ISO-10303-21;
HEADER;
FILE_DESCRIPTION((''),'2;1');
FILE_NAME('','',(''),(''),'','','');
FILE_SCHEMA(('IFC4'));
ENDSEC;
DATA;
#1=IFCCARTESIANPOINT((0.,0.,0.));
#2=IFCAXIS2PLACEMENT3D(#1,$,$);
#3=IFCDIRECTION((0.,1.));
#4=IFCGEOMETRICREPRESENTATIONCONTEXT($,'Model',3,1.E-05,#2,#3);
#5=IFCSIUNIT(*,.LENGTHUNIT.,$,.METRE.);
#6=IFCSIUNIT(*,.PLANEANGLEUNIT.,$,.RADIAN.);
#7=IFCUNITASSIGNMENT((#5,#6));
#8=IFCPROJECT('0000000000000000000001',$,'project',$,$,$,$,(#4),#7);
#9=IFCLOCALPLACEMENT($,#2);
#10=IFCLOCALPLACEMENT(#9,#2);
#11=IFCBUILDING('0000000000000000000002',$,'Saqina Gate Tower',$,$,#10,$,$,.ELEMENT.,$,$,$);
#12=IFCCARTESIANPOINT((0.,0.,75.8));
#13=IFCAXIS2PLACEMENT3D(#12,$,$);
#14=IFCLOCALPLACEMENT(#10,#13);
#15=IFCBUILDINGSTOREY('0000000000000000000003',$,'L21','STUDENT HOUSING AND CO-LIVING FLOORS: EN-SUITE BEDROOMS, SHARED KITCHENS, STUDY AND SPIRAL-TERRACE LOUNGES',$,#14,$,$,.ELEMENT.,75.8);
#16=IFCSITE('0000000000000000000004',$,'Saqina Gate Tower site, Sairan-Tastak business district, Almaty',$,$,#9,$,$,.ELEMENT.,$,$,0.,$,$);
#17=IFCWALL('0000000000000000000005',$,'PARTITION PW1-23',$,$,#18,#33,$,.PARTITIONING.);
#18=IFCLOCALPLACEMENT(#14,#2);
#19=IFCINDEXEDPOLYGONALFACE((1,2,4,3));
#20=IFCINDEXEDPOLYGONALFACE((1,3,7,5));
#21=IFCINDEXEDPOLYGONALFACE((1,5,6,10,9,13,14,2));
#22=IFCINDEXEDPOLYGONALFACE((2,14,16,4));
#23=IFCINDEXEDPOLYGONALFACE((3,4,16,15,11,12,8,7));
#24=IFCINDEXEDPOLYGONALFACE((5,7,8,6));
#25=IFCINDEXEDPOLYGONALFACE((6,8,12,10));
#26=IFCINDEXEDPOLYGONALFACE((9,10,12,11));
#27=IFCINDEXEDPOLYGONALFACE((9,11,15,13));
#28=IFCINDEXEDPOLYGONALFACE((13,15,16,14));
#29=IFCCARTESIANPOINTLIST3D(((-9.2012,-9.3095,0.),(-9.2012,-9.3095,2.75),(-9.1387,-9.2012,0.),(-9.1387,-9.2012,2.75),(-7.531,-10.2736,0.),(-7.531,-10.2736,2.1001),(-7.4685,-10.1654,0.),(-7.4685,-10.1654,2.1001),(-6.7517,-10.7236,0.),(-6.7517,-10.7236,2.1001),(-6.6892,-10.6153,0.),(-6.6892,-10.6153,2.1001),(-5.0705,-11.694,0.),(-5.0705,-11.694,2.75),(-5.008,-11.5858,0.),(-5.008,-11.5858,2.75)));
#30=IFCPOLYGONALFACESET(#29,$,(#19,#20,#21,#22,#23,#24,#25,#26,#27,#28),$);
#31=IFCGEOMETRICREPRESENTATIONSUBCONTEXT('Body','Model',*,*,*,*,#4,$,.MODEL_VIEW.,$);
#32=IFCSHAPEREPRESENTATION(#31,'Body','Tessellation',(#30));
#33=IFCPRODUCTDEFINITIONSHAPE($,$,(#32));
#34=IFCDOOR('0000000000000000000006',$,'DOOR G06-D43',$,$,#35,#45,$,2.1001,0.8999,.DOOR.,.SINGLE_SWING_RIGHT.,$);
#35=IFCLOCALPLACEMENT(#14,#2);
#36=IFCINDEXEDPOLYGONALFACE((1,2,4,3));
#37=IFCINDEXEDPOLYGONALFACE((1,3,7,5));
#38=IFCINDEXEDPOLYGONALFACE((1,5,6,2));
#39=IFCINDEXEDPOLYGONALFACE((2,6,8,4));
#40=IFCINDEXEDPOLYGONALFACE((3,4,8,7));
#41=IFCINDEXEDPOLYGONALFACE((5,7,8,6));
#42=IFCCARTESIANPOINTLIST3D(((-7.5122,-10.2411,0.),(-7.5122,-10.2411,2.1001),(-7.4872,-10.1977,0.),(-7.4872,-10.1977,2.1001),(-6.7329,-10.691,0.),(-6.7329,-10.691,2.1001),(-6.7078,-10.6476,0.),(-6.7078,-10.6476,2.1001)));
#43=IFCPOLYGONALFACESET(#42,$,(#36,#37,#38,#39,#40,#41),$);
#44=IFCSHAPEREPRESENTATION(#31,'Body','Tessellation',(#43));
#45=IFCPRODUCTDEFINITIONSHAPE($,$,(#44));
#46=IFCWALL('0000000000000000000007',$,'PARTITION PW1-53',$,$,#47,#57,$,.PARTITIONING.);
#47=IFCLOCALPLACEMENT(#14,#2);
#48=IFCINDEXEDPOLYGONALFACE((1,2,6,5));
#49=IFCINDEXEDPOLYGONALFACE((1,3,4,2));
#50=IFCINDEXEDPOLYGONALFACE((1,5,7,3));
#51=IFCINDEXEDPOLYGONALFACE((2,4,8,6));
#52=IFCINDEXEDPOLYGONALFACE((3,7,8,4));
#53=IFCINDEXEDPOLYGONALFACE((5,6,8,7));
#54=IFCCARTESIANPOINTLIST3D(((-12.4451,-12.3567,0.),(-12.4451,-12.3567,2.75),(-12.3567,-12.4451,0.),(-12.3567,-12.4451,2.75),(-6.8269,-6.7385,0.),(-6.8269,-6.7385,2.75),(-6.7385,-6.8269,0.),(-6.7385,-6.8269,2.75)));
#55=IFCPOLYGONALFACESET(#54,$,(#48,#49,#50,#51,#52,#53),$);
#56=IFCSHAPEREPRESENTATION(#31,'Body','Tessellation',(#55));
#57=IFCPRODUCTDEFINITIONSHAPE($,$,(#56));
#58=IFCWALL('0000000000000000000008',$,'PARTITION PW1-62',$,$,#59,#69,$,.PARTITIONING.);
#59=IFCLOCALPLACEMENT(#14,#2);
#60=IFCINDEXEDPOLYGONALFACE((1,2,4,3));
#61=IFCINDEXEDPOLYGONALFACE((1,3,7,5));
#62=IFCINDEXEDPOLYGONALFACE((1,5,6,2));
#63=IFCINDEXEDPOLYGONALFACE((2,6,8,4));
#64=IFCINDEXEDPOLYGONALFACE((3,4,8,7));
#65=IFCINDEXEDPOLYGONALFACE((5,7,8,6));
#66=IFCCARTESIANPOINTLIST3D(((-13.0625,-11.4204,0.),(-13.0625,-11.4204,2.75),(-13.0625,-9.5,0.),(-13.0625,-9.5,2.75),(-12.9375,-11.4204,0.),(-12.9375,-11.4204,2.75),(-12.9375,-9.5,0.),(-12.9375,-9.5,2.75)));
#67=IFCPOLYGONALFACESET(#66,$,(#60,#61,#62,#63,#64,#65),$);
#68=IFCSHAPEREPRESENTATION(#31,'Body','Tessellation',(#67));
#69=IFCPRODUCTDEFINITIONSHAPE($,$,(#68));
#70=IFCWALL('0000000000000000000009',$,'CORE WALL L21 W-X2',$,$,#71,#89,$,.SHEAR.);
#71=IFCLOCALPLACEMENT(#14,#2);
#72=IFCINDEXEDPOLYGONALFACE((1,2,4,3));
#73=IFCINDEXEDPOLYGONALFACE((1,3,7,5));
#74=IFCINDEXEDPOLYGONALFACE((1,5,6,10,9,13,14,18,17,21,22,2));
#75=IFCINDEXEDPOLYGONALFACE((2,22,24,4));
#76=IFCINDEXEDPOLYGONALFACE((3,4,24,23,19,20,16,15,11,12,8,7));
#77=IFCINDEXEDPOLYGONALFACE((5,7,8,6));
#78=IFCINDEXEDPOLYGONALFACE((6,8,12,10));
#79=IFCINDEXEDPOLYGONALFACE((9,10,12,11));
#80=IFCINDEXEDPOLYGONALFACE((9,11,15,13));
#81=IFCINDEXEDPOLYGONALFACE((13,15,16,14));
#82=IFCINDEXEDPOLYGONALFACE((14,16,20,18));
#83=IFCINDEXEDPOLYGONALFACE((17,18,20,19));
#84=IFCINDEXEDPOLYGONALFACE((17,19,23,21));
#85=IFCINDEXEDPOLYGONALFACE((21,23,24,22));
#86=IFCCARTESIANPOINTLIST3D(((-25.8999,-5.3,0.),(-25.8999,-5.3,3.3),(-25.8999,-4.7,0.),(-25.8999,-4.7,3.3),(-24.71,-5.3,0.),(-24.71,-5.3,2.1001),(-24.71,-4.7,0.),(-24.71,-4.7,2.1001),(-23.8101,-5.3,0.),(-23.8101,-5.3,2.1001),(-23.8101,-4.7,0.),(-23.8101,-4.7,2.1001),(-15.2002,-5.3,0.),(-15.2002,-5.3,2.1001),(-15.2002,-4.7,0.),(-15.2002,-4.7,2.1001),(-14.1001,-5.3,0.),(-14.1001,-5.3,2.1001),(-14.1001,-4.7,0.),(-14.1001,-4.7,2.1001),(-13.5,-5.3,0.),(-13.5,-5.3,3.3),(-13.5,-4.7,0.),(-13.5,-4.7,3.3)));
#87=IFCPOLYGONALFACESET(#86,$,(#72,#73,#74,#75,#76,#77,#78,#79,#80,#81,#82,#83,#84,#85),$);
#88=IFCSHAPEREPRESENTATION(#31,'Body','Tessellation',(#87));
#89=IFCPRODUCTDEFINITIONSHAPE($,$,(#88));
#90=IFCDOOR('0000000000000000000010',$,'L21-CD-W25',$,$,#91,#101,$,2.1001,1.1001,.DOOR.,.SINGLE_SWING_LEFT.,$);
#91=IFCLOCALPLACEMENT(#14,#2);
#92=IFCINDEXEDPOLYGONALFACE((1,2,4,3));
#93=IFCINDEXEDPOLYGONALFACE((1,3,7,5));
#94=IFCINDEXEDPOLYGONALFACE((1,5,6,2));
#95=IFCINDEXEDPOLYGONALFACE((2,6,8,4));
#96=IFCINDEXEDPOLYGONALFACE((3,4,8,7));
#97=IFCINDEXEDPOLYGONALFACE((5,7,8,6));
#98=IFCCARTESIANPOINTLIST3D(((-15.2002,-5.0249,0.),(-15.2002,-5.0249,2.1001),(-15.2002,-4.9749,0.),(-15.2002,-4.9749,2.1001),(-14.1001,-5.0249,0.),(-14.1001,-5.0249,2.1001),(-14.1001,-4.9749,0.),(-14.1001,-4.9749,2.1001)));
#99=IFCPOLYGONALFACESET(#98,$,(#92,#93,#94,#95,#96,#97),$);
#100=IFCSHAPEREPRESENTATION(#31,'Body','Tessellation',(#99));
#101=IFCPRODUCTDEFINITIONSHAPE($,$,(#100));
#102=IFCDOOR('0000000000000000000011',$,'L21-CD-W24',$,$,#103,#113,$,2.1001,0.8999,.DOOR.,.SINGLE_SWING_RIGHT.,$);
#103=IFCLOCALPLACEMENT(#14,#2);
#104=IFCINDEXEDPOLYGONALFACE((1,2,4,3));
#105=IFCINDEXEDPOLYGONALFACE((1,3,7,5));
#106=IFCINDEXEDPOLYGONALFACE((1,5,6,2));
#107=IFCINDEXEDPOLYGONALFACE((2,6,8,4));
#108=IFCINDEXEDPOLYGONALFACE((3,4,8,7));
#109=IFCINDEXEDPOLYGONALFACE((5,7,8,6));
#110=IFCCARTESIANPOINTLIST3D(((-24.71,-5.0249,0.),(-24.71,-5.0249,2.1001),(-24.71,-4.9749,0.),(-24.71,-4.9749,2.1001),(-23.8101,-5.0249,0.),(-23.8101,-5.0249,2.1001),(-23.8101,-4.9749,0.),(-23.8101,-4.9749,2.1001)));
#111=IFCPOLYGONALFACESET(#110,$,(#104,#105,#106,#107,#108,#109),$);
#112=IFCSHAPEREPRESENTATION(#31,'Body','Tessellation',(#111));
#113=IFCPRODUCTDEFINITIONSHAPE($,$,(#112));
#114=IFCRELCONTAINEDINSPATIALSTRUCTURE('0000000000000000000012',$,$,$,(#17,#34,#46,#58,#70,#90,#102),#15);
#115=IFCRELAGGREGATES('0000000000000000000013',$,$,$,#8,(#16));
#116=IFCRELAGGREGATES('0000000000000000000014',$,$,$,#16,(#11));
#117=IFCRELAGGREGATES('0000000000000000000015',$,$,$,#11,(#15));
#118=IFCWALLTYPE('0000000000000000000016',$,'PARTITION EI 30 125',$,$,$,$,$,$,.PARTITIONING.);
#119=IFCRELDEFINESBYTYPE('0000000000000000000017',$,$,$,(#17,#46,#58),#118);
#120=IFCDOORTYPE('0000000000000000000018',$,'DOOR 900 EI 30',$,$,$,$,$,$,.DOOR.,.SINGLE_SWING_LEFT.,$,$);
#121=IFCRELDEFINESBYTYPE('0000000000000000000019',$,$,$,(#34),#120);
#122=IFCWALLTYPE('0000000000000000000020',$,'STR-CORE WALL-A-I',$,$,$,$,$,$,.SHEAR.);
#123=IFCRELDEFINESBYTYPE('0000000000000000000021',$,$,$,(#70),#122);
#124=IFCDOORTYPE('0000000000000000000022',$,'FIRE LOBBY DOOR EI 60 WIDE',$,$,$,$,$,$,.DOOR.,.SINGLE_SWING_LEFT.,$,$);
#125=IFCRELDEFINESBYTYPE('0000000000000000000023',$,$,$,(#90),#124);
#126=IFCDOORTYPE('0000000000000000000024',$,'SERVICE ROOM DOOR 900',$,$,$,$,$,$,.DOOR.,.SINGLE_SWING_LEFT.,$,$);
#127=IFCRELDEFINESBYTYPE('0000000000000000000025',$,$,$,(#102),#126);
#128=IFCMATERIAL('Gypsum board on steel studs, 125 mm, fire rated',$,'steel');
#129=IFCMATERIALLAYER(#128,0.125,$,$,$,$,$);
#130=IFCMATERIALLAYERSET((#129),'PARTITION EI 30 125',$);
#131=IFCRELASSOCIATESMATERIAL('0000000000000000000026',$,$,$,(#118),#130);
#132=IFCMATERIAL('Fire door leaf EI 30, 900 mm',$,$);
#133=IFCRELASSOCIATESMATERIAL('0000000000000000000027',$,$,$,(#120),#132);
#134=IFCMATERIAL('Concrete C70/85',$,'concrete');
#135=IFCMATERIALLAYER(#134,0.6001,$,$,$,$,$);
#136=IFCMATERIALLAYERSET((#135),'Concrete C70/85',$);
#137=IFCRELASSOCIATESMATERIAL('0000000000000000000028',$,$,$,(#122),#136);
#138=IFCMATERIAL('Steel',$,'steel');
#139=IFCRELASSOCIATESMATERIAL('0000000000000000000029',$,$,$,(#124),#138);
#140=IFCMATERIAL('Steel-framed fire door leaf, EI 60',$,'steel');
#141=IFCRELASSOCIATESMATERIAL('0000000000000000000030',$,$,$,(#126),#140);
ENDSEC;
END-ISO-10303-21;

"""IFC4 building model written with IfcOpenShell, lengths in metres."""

from ifc_helpers import new_model, si_unit, direction, frame, frame_2d, origin, place, context, subcontext, project, spatial, rectangle, extrude, material, layer, layer_set, type_object, element, fill, save


model = new_model("IFC4")

# Units and contexts
model_context = context("Model", 3, precision=1e-05, world=origin(), true_north=direction((0.0, 1.0)))
body_context = subcontext(model_context, "Body", "Model", "MODEL_VIEW")
ifc_project = project(units=[si_unit("LENGTHUNIT", "METRE"), si_unit("PLANEANGLEUNIT", "RADIAN")], contexts=[model_context])

# Site, building, storey
site_placement = place(None, origin())
site = spatial("IfcSite", under=ifc_project, at=site_placement, Name="Saqina Gate Tower site, Sairan-Tastak business district, Almaty", CompositionType="ELEMENT", RefElevation=0.0)
building_placement = place(site_placement, origin())
building = spatial("IfcBuilding", under=site, at=building_placement, Name="Saqina Gate Tower", CompositionType="ELEMENT")
storey_placement = place(building_placement, frame((0.0, 0.0, 75.8)))
storey = spatial("IfcBuildingStorey", under=building, at=storey_placement, Name="L21", Description="STUDENT HOUSING AND CO-LIVING FLOORS: EN-SUITE BEDROOMS, SHARED KITCHENS, STUDY AND SPIRAL-TERRACE LOUNGES", CompositionType="ELEMENT", Elevation=75.8)

# Shared definitions
ifc_material_1 = material(Name="Gypsum board on steel studs, 125 mm, fire rated", Category="steel")
ifc_layer_1 = layer(ifc_material_1, 0.125)
ifc_layer_set_1 = layer_set([ifc_layer_1], Name="PARTITION EI 30 125")
wall_type_1 = type_object("IfcWallType", Name="PARTITION EI 30 125", PredefinedType="PARTITIONING", material=ifc_layer_set_1)

# Wall, opening, door
wall_1_placement = place(storey_placement, frame((-9.1699, -9.2554, 0.0), z_axis=(0.0, 0.0, 1.0), x_axis=(0.866052, -0.499954, 0.0)))
wall_1 = element("IfcWall", 1, at=wall_1_placement, inside=storey, type_object=wall_type_1, Name="PARTITION PW1-23", PredefinedType="PARTITIONING", context=body_context, shape_type="SweptSolid", body=[
    extrude(rectangle(XDim=4.7695, YDim=0.125, at=frame_2d((2.3848, 0.0))), origin(), (0.0, 0.0, 1.0), 2.75),
])
opening_1_placement = place(wall_1_placement, frame((1.9285, 0.0, 0.0)))
opening_1 = element("IfcOpeningElement", 2, at=opening_1_placement, cuts=wall_1, PredefinedType="OPENING", context=body_context, shape_type="SweptSolid", body=[
    extrude(rectangle(XDim=0.8999, YDim=2.1001, at=frame_2d((0.45, 1.05))), frame((0.0, 0.0745, 0.0), z_axis=(0.0, -1.0, 0.0), x_axis=(1.0, 0.0, 0.0)), (0.0, 0.0, 1.0), 0.1489),
])
ifc_material_2 = material(Name="Fire door leaf EI 30, 900 mm")
door_type_1 = type_object("IfcDoorType", Name="DOOR 900 EI 30", OperationType="SINGLE_SWING_LEFT", PredefinedType="DOOR", material=ifc_material_2)
door_1_placement = place(opening_1_placement, frame((0.8999, 0.0, 0.0), z_axis=(0.0, 0.0, 1.0), x_axis=(-1.0, 0.0, 0.0)))
door_1 = element("IfcDoor", 3, at=door_1_placement, inside=storey, type_object=door_type_1, Name="DOOR G06-D43", OperationType="SINGLE_SWING_RIGHT", OverallHeight=2.1001, OverallWidth=0.8999, PredefinedType="DOOR", context=body_context, shape_type="SweptSolid", body=[
    extrude(rectangle(XDim=0.8999, YDim=2.1001, at=frame_2d((0.45, 1.05))), frame((0.0, 0.0249, 0.0), z_axis=(0.0, -1.0, 0.0), x_axis=(1.0, 0.0, 0.0)), (0.0, 0.0, 1.0), 0.05),
])
fill(opening_1, door_1)

# Walls
wall_2_placement = place(storey_placement, frame((-12.4009, -12.4009, 0.0), z_axis=(0.0, 0.0, 1.0), x_axis=(0.707107, 0.707107, 0.0)))
element("IfcWall", 4, at=wall_2_placement, inside=storey, type_object=wall_type_1, Name="PARTITION PW1-53", PredefinedType="PARTITIONING", context=body_context, shape_type="SweptSolid", body=[
    extrude(rectangle(XDim=7.9453, YDim=0.125, at=frame_2d((3.9727, 0.0))), origin(), (0.0, 0.0, 1.0), 2.75),
])
wall_3_placement = place(storey_placement, frame((-13.0, -11.4204, 0.0), z_axis=(0.0, 0.0, 1.0), x_axis=(0.0, 1.0, 0.0)))
element("IfcWall", 5, at=wall_3_placement, inside=storey, type_object=wall_type_1, Name="PARTITION PW1-62", PredefinedType="PARTITIONING", context=body_context, shape_type="SweptSolid", body=[
    extrude(rectangle(XDim=1.9204, YDim=0.125, at=frame_2d((0.9602, 0.0))), origin(), (0.0, 0.0, 1.0), 2.75),
])

# Wall, openings, doors
ifc_material_3 = material(Name="Concrete C70/85", Category="concrete")
ifc_layer_2 = layer(ifc_material_3, 0.6001)
ifc_layer_set_2 = layer_set([ifc_layer_2], Name="Concrete C70/85")
wall_type_2 = type_object("IfcWallType", Name="STR-CORE WALL-A-I", PredefinedType="SHEAR", material=ifc_layer_set_2)
wall_4_placement = place(storey_placement, frame((-13.5, -5.0, 0.0), z_axis=(0.0, 0.0, 1.0), x_axis=(-1.0, 0.0, 0.0)))
wall_4 = element("IfcWall", 6, at=wall_4_placement, inside=storey, type_object=wall_type_2, Name="CORE WALL L21 W-X2", PredefinedType="SHEAR", context=body_context, shape_type="SweptSolid", body=[
    extrude(rectangle(XDim=12.3999, YDim=0.6001, at=frame_2d((6.2, 0.0))), origin(), (0.0, 0.0, 1.0), 3.3),
])
opening_2_placement = place(wall_4_placement, frame((10.3101, 0.0, 0.0)))
opening_2 = element("IfcOpeningElement", 7, at=opening_2_placement, cuts=wall_4, PredefinedType="OPENING", context=body_context, shape_type="SweptSolid", body=[
    extrude(rectangle(XDim=0.8999, YDim=2.1001, at=frame_2d((0.45, 1.05))), frame((0.0, 0.312, 0.0), z_axis=(0.0, -1.0, 0.0), x_axis=(1.0, 0.0, 0.0)), (0.0, 0.0, 1.0), 0.624),
])
opening_3_placement = place(wall_4_placement, frame((0.6001, 0.0, 0.0)))
opening_3 = element("IfcOpeningElement", 8, at=opening_3_placement, cuts=wall_4, PredefinedType="OPENING", context=body_context, shape_type="SweptSolid", body=[
    extrude(rectangle(XDim=1.1001, YDim=2.1001, at=frame_2d((0.55, 1.05))), frame((0.0, 0.312, 0.0), z_axis=(0.0, -1.0, 0.0), x_axis=(1.0, 0.0, 0.0)), (0.0, 0.0, 1.0), 0.624),
])
ifc_material_4 = material(Name="Steel", Category="steel")
door_type_2 = type_object("IfcDoorType", Name="FIRE LOBBY DOOR EI 60 WIDE", OperationType="SINGLE_SWING_LEFT", PredefinedType="DOOR", material=ifc_material_4)
door_2_placement = place(opening_3_placement, origin())
door_2 = element("IfcDoor", 9, at=door_2_placement, inside=storey, type_object=door_type_2, Name="L21-CD-W25", OperationType="SINGLE_SWING_LEFT", OverallHeight=2.1001, OverallWidth=1.1001, PredefinedType="DOOR", context=body_context, shape_type="SweptSolid", body=[
    extrude(rectangle(XDim=1.1001, YDim=2.1001, at=frame_2d((0.55, 1.05))), frame((0.0, 0.0249, 0.0), z_axis=(0.0, -1.0, 0.0), x_axis=(1.0, 0.0, 0.0)), (0.0, 0.0, 1.0), 0.05),
])
fill(opening_3, door_2)
ifc_material_5 = material(Name="Steel-framed fire door leaf, EI 60", Category="steel")
door_type_3 = type_object("IfcDoorType", Name="SERVICE ROOM DOOR 900", OperationType="SINGLE_SWING_LEFT", PredefinedType="DOOR", material=ifc_material_5)
door_3_placement = place(opening_2_placement, origin())
door_3 = element("IfcDoor", 10, at=door_3_placement, inside=storey, type_object=door_type_3, Name="L21-CD-W24", OperationType="SINGLE_SWING_RIGHT", OverallHeight=2.1001, OverallWidth=0.8999, PredefinedType="DOOR", context=body_context, shape_type="SweptSolid", body=[
    extrude(rectangle(XDim=0.8999, YDim=2.1001, at=frame_2d((0.45, 1.05))), frame((0.0, 0.0249, 0.0), z_axis=(0.0, -1.0, 0.0), x_axis=(1.0, 0.0, 0.0)), (0.0, 0.0, 1.0), 0.05),
])
fill(opening_2, door_3)

save(model, "model.ifc")
